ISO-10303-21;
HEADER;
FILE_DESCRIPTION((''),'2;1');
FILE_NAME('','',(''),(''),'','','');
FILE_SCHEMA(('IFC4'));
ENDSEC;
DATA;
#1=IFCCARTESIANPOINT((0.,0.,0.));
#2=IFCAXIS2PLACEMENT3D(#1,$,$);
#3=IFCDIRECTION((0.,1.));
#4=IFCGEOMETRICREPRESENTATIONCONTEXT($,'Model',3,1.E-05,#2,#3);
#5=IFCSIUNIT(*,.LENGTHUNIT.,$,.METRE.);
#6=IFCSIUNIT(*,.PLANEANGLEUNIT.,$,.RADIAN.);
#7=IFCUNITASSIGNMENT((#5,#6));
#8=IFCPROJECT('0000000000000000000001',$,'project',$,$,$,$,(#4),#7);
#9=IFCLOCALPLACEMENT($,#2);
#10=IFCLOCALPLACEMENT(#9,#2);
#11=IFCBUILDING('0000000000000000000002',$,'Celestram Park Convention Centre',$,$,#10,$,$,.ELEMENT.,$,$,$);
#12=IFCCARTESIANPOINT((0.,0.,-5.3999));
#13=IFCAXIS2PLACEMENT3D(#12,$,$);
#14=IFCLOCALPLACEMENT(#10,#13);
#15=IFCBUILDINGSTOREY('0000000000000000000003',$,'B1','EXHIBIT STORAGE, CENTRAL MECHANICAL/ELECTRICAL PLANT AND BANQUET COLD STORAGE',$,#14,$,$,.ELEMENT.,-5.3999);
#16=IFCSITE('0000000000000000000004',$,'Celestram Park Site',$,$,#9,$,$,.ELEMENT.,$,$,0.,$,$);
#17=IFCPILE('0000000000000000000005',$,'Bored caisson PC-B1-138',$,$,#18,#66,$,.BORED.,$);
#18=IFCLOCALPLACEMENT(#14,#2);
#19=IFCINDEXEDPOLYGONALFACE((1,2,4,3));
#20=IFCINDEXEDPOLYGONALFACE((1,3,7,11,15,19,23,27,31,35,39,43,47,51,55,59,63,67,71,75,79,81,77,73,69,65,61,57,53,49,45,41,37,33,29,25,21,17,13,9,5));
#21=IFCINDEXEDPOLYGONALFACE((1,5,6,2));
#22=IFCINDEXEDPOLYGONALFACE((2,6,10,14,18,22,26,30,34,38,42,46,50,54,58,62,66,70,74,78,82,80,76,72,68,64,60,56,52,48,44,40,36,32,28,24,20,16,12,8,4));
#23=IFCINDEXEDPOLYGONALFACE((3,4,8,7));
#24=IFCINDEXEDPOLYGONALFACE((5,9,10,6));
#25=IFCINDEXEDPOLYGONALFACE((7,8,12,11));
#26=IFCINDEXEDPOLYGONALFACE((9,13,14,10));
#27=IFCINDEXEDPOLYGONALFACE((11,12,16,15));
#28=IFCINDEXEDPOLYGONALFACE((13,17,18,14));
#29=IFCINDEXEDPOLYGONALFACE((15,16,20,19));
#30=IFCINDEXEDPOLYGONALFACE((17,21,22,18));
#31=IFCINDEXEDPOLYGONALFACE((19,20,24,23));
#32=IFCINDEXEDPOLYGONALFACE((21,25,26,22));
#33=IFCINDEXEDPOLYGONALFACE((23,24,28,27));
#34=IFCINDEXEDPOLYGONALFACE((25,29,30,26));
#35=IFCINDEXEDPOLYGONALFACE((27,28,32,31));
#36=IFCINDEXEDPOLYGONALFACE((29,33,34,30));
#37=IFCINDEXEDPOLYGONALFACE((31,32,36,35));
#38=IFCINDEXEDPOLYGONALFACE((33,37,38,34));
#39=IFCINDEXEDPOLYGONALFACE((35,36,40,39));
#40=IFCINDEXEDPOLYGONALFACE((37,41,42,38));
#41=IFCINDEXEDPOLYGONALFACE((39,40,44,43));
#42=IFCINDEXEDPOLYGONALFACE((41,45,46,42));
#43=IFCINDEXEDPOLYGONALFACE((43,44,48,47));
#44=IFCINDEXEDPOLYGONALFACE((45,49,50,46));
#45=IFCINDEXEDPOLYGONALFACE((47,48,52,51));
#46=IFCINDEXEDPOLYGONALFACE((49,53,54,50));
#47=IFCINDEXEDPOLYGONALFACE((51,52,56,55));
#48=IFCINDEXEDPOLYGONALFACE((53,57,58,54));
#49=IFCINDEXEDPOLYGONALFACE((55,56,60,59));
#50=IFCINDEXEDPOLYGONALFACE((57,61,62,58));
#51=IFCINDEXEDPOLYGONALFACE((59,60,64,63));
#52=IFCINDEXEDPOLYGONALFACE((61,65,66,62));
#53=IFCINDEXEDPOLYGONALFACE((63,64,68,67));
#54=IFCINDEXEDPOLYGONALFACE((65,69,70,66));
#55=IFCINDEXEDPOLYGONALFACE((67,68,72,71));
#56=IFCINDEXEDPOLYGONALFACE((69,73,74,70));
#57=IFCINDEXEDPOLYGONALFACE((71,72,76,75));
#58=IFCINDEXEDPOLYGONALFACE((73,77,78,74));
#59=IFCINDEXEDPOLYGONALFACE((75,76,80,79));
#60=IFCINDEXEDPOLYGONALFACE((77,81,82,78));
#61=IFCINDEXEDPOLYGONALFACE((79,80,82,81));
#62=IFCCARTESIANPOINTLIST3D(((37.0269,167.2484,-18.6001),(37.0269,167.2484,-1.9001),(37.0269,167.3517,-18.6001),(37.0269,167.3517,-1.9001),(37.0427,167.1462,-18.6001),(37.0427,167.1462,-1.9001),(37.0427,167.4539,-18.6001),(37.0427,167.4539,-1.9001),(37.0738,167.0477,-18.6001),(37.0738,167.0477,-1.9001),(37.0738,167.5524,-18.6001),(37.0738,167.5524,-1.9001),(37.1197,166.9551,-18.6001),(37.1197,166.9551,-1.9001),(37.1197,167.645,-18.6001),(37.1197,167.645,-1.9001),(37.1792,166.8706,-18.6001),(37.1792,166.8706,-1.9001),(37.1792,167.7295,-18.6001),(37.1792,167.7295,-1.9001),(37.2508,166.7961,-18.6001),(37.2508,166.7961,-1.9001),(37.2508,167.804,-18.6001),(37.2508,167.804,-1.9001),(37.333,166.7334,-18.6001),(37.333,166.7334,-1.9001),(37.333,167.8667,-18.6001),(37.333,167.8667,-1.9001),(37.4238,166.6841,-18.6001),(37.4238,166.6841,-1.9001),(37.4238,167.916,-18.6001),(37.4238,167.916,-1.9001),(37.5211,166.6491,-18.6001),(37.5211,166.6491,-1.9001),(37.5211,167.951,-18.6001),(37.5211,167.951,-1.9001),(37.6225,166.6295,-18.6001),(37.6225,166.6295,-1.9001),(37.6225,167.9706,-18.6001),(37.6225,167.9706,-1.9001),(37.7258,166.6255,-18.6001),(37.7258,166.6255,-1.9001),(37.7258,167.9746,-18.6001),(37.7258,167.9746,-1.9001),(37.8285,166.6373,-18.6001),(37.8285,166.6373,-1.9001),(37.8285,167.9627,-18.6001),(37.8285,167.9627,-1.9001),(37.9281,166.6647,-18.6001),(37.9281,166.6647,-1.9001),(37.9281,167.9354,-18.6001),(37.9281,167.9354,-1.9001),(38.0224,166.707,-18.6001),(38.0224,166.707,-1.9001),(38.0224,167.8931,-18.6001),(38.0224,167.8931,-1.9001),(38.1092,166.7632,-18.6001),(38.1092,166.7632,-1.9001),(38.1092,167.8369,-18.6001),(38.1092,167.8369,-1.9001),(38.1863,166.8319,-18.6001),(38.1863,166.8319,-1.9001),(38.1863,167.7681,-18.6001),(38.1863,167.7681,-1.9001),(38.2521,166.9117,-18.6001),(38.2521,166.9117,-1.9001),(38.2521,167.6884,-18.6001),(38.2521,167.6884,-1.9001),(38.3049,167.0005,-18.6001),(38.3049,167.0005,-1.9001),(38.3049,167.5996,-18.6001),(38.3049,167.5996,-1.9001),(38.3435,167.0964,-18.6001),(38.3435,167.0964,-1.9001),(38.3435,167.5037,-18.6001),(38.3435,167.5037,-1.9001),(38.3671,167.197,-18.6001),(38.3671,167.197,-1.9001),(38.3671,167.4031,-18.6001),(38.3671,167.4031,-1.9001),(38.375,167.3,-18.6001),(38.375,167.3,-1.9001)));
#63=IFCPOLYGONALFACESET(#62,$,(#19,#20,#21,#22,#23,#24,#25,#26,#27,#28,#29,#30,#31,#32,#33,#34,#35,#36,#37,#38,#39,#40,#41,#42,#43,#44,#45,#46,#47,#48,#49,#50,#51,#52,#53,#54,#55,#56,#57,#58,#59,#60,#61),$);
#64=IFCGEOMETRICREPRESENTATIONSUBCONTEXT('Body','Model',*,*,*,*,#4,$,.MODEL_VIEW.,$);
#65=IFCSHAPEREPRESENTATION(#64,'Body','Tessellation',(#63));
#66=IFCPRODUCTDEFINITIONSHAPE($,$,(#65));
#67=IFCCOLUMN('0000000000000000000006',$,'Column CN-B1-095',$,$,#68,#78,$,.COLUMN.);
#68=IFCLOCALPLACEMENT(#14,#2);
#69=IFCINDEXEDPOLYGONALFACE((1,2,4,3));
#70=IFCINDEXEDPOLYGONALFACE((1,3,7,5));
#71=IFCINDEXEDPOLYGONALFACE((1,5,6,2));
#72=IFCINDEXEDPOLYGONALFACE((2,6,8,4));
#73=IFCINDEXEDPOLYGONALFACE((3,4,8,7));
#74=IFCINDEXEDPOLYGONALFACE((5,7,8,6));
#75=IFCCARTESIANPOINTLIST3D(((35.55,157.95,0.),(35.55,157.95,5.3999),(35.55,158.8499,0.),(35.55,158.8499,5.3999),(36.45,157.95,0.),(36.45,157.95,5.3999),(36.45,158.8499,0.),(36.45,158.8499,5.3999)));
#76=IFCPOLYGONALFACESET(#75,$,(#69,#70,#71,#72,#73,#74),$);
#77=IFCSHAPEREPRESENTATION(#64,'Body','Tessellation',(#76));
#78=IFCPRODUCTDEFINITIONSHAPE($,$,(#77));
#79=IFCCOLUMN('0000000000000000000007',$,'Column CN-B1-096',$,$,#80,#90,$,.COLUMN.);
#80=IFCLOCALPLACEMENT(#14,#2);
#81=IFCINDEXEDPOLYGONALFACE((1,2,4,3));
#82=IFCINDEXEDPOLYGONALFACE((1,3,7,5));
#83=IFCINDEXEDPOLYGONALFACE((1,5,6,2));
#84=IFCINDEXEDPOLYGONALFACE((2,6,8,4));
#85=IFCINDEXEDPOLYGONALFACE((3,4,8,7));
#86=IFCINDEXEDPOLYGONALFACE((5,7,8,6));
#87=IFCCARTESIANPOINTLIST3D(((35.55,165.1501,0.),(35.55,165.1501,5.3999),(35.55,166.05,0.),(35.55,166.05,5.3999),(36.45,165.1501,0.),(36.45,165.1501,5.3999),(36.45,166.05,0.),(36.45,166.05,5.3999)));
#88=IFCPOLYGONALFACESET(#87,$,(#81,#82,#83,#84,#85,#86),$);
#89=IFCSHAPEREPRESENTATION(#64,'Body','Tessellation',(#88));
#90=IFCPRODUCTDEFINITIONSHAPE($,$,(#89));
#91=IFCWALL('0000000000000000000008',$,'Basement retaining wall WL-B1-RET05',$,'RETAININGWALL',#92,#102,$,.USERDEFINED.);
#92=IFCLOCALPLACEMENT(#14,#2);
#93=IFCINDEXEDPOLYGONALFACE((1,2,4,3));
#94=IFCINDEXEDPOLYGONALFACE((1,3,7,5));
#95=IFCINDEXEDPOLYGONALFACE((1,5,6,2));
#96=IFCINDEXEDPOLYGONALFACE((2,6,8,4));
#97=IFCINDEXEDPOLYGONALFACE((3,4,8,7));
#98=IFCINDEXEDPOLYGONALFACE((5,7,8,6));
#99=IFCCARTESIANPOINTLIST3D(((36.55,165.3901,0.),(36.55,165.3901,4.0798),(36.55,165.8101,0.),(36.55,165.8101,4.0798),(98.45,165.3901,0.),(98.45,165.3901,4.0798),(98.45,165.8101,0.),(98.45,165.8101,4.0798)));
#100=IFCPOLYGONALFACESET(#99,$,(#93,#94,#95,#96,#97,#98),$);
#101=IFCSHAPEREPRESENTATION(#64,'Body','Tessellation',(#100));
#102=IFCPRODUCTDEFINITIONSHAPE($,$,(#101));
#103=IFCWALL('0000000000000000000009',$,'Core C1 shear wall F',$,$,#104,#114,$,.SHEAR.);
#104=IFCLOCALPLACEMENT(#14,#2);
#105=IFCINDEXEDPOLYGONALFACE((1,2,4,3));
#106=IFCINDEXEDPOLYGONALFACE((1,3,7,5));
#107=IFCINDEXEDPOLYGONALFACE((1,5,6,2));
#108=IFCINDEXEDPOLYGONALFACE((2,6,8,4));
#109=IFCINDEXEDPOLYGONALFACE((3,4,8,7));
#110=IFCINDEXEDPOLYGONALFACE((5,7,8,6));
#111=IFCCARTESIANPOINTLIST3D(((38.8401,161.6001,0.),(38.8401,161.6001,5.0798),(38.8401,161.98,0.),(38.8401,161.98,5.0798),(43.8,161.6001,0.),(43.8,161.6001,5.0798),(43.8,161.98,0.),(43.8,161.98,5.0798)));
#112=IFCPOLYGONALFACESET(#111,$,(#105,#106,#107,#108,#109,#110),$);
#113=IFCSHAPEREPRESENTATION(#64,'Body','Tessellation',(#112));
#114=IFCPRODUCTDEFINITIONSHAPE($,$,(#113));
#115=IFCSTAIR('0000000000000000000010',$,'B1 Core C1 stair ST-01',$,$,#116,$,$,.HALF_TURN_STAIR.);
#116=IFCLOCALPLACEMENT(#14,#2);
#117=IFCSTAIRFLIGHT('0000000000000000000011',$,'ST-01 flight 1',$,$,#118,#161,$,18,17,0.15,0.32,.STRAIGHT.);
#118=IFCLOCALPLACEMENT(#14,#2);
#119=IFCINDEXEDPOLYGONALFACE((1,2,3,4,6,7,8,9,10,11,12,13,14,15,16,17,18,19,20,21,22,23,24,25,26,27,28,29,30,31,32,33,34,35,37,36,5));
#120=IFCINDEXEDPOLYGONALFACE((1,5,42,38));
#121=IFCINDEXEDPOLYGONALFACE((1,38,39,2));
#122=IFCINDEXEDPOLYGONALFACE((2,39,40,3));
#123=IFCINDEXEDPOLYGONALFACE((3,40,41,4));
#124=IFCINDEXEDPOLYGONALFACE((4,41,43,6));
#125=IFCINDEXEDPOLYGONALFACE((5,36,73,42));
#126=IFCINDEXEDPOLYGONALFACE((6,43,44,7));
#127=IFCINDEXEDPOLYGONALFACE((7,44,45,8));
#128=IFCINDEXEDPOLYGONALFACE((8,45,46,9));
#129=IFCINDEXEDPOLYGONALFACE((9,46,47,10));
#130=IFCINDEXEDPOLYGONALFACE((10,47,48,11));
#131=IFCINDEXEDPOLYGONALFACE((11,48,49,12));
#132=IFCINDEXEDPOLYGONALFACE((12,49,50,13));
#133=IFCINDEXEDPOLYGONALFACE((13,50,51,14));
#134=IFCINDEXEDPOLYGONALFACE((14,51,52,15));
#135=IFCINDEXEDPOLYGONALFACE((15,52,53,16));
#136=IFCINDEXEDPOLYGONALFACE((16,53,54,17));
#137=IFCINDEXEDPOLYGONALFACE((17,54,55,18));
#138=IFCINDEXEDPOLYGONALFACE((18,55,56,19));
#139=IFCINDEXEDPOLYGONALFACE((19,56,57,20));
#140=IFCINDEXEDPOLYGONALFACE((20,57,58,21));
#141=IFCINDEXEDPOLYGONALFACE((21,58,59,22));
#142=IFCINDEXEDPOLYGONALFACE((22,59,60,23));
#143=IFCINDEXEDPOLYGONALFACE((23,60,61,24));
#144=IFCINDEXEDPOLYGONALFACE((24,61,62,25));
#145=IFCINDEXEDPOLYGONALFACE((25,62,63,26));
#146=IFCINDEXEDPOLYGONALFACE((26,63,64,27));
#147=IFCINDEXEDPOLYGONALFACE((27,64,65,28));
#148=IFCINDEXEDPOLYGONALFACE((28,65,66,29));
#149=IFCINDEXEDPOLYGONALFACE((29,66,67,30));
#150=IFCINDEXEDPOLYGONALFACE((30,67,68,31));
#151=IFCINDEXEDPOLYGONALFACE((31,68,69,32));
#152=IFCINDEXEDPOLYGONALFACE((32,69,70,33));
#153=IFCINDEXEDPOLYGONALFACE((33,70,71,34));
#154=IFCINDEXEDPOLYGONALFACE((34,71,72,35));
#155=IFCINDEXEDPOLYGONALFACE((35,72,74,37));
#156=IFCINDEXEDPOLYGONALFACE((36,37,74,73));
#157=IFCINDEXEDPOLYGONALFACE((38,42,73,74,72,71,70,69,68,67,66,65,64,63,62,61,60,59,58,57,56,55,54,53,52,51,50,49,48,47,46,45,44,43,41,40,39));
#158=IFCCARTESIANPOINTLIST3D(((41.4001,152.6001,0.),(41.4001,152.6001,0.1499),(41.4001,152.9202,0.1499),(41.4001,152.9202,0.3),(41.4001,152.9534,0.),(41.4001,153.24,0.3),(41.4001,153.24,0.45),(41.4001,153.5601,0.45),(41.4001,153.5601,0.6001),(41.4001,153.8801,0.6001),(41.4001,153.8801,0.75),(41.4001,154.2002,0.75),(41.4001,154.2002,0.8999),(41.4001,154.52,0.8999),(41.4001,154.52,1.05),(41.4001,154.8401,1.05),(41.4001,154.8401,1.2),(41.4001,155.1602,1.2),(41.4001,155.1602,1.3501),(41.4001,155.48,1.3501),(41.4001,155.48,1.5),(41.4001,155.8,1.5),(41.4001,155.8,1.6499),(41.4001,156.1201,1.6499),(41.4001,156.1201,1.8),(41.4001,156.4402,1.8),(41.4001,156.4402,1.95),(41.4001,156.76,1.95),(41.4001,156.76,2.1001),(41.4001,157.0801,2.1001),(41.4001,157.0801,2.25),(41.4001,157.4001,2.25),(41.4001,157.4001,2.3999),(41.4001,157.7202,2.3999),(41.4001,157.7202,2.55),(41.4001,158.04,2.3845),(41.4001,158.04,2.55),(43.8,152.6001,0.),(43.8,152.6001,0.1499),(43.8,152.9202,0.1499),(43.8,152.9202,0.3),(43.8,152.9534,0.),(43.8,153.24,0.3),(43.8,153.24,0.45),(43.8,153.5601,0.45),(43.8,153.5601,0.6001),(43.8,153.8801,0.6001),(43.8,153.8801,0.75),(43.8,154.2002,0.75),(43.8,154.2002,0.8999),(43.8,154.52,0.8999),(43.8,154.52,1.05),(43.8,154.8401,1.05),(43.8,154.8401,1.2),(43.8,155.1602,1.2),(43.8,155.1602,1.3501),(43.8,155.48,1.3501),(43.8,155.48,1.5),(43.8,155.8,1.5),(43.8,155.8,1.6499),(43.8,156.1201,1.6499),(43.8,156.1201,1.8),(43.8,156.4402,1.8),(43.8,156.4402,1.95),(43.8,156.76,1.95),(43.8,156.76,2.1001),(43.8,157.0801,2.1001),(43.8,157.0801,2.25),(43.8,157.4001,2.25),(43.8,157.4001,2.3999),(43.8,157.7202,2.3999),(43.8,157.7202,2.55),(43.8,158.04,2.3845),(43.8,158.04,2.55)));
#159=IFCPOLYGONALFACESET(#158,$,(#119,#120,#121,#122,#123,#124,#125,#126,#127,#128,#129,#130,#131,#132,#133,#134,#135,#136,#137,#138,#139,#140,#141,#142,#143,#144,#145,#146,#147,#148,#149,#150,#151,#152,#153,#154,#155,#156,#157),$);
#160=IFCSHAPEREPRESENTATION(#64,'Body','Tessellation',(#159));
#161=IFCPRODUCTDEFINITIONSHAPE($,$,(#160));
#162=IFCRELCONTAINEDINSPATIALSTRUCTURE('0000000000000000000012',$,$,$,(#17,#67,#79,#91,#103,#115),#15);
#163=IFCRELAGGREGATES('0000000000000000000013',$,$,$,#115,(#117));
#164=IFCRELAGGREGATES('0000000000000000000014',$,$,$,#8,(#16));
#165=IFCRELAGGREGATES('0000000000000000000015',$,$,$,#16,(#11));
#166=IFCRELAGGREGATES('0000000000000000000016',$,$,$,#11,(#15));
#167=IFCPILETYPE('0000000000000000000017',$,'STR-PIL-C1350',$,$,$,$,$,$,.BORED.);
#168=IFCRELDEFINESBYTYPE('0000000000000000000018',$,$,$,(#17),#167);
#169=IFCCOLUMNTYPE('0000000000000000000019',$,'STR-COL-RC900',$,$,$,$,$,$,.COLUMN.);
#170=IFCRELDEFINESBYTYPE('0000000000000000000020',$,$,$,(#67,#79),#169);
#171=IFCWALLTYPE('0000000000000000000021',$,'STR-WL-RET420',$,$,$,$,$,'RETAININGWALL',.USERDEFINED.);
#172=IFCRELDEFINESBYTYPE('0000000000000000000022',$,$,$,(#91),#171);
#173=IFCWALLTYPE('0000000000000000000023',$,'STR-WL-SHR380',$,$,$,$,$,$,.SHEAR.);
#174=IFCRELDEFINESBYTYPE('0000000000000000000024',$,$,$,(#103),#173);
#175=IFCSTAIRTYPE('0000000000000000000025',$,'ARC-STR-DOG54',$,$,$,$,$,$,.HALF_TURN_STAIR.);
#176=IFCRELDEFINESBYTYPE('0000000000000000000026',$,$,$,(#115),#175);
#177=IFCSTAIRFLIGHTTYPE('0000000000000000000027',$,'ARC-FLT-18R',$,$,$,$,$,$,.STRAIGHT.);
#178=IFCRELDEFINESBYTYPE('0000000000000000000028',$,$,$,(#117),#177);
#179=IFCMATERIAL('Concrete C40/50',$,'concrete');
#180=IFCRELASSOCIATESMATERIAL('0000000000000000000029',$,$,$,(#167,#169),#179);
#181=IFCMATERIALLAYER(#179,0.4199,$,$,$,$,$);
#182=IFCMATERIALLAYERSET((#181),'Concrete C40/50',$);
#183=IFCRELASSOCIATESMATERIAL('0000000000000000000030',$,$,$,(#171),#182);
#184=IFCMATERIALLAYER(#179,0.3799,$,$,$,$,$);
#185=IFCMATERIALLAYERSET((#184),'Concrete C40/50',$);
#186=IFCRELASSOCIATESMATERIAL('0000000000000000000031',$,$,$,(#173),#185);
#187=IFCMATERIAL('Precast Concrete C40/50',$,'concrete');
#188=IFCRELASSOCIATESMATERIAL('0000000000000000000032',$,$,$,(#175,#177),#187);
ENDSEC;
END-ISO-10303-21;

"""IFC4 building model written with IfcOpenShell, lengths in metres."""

from ifc_helpers import new_model, si_unit, direction, frame, frame_2d, origin, origin_2d, place, context, subcontext, project, spatial, polyline, rectangle, circle, outline, extrude, material, layer, layer_set, material_profile, profile_set, type_object, element, aggregate, save


model = new_model("IFC4")

# Units and contexts
model_context = context("Model", 3, precision=1e-05, world=origin(), true_north=direction((0.0, 1.0)))
body_context = subcontext(model_context, "Body", "Model", "MODEL_VIEW")
ifc_project = project(units=[si_unit("LENGTHUNIT", "METRE"), si_unit("PLANEANGLEUNIT", "RADIAN")], contexts=[model_context])

# Site, building, storey
site_placement = place(None, origin())
site = spatial("IfcSite", under=ifc_project, at=site_placement, Name="Celestram Park Site", CompositionType="ELEMENT", RefElevation=0.0)
building_placement = place(site_placement, origin())
building = spatial("IfcBuilding", under=site, at=building_placement, Name="Celestram Park Convention Centre", CompositionType="ELEMENT")
storey_placement = place(building_placement, frame((0.0, 0.0, -5.3999)))
storey = spatial("IfcBuildingStorey", under=building, at=storey_placement, Name="B1", Description="EXHIBIT STORAGE, CENTRAL MECHANICAL/ELECTRICAL PLANT AND BANQUET COLD STORAGE", CompositionType="ELEMENT", Elevation=-5.3999)

# Shared definitions
ifc_material_1 = material(Name="Concrete C40/50", Category="concrete")

# Pile
ifc_material_profile_1 = material_profile(ifc_material_1, circle(Radius=0.675, at=origin_2d()), Name="CAISSON1350")
ifc_profile_set_1 = profile_set([ifc_material_profile_1], Name="Concrete C40/50")
pile_type = type_object("IfcPileType", Name="STR-PIL-C1350", PredefinedType="BORED", material=ifc_profile_set_1)
for number, where, z_axis, x_axis, name in (
    (1, (37.7, 167.3, -1.9001), (0.0, 0.0, -1.0), (1.0, 0.0, 0.0), "Bored caisson PC-B1-138"),
):
    element("IfcPile", number, at=place(storey_placement, frame(where, z_axis=z_axis, x_axis=x_axis)), inside=storey, type_object=pile_type, Name=name, PredefinedType="BORED", context=body_context, shape_type="SweptSolid", body=[
        extrude(circle(Radius=0.675, at=origin_2d()), origin(), (0.0, 0.0, 1.0), 16.7),
    ])

# Columns
ifc_material_profile_2 = material_profile(ifc_material_1, rectangle(XDim=0.8999, YDim=0.8999, at=origin_2d()), Name="RC900X900")
ifc_profile_set_2 = profile_set([ifc_material_profile_2], Name="Concrete C40/50")
column_type = type_object("IfcColumnType", Name="STR-COL-RC900", PredefinedType="COLUMN", material=ifc_profile_set_2)
for number, where, z_axis, x_axis, name in (
    (2, (36.0, 158.3999, 0.0), (0.0, 0.0, 1.0), (1.0, 0.0, 0.0), "Column CN-B1-095"),
    (3, (36.0, 165.6001, 0.0), (0.0, 0.0, 1.0), (1.0, 0.0, 0.0), "Column CN-B1-096"),
):
    element("IfcColumn", number, at=place(storey_placement, frame(where, z_axis=z_axis, x_axis=x_axis)), inside=storey, type_object=column_type, Name=name, PredefinedType="COLUMN", context=body_context, shape_type="SweptSolid", body=[
        extrude(rectangle(XDim=0.8999, YDim=0.8999, at=origin_2d()), origin(), (0.0, 0.0, 1.0), 5.3999),
    ])

# Walls
ifc_layer_1 = layer(ifc_material_1, 0.4199)
ifc_layer_set_1 = layer_set([ifc_layer_1], Name="Concrete C40/50")
wall_type_1 = type_object("IfcWallType", Name="STR-WL-RET420", ElementType="RETAININGWALL", PredefinedType="USERDEFINED", material=ifc_layer_set_1)
wall_1_placement = place(storey_placement, frame((36.55, 165.6001, 0.0), z_axis=(0.0, 0.0, 1.0), x_axis=(1.0, 0.0, 0.0)))
element("IfcWall", 4, at=wall_1_placement, inside=storey, type_object=wall_type_1, Name="Basement retaining wall WL-B1-RET05", ObjectType="RETAININGWALL", PredefinedType="USERDEFINED", context=body_context, shape_type="SweptSolid", body=[
    extrude(rectangle(XDim=61.8999, YDim=0.4199, at=frame_2d((30.95, 0.0))), origin(), (0.0, 0.0, 1.0), 4.0798),
])
ifc_layer_2 = layer(ifc_material_1, 0.3799)
ifc_layer_set_2 = layer_set([ifc_layer_2], Name="Concrete C40/50")
wall_type_2 = type_object("IfcWallType", Name="STR-WL-SHR380", PredefinedType="SHEAR", material=ifc_layer_set_2)
wall_2_placement = place(storey_placement, frame((38.8401, 161.79, 0.0), z_axis=(0.0, 0.0, 1.0), x_axis=(1.0, 0.0, 0.0)))
element("IfcWall", 5, at=wall_2_placement, inside=storey, type_object=wall_type_2, Name="Core C1 shear wall F", PredefinedType="SHEAR", context=body_context, shape_type="SweptSolid", body=[
    extrude(rectangle(XDim=4.96, YDim=0.3799, at=frame_2d((2.48, 0.0))), origin(), (0.0, 0.0, 1.0), 5.0798),
])

# Stair, stair flight
ifc_material_2 = material(Name="Precast Concrete C40/50", Category="concrete")
stair_type = type_object("IfcStairType", Name="ARC-STR-DOG54", PredefinedType="HALF_TURN_STAIR", material=ifc_material_2)
stair_placement = place(storey_placement, origin())
stair = element("IfcStair", 6, at=stair_placement, inside=storey, type_object=stair_type, Name="B1 Core C1 stair ST-01", PredefinedType="HALF_TURN_STAIR")
stair_flight_type = type_object("IfcStairFlightType", Name="ARC-FLT-18R", PredefinedType="STRAIGHT", material=ifc_material_2)
stair_flight_1_placement = place(storey_placement, frame((42.6001, 152.6001, 0.0), z_axis=(0.0, 0.0, 1.0), x_axis=(0.0, 1.0, 0.0)))
stair_flight_1 = element("IfcStairFlight", 7, at=stair_flight_1_placement, type_object=stair_flight_type, Name="ST-01 flight 1", NumberOfRisers=18, NumberOfTreads=17, PredefinedType="STRAIGHT", RiserHeight=0.15, TreadLength=0.32, context=body_context, shape_type="SweptSolid", body=[
    extrude(outline(polyline([(0.0, 0.0), (0.0, 0.1499), (0.3201, 0.1499), (0.3201, 0.3), (0.6399, 0.3), (0.6399, 0.45), (0.96, 0.45), (0.96, 0.6001), (1.28, 0.6001), (1.28, 0.75), (1.6001, 0.75), (1.6001, 0.8999), (1.9199, 0.8999), (1.9199, 1.05), (2.24, 1.05), (2.24, 1.2), (2.5601, 1.2), (2.5601, 1.3501), (2.8799, 1.3501), (2.8799, 1.5), (3.2, 1.5), (3.2, 1.6499), (3.52, 1.6499), (3.52, 1.8), (3.8401, 1.8), (3.8401, 1.95), (4.1599, 1.95), (4.1599, 2.1001), (4.48, 2.1001), (4.48, 2.25), (4.8, 2.25), (4.8, 2.3999), (5.1201, 2.3999), (5.1201, 2.55), (5.4399, 2.55), (5.4399, 2.7), (5.4399, 2.3845), (0.3533, 0.0), (0.0, 0.0)])), frame((0.0, 1.2, 0.0), z_axis=(0.0, -1.0, 0.0), x_axis=(1.0, 0.0, 0.0)), (0.0, 0.0, 1.0), 2.3999),
])
aggregate(stair, [stair_flight_1])

save(model, "model.ifc")
